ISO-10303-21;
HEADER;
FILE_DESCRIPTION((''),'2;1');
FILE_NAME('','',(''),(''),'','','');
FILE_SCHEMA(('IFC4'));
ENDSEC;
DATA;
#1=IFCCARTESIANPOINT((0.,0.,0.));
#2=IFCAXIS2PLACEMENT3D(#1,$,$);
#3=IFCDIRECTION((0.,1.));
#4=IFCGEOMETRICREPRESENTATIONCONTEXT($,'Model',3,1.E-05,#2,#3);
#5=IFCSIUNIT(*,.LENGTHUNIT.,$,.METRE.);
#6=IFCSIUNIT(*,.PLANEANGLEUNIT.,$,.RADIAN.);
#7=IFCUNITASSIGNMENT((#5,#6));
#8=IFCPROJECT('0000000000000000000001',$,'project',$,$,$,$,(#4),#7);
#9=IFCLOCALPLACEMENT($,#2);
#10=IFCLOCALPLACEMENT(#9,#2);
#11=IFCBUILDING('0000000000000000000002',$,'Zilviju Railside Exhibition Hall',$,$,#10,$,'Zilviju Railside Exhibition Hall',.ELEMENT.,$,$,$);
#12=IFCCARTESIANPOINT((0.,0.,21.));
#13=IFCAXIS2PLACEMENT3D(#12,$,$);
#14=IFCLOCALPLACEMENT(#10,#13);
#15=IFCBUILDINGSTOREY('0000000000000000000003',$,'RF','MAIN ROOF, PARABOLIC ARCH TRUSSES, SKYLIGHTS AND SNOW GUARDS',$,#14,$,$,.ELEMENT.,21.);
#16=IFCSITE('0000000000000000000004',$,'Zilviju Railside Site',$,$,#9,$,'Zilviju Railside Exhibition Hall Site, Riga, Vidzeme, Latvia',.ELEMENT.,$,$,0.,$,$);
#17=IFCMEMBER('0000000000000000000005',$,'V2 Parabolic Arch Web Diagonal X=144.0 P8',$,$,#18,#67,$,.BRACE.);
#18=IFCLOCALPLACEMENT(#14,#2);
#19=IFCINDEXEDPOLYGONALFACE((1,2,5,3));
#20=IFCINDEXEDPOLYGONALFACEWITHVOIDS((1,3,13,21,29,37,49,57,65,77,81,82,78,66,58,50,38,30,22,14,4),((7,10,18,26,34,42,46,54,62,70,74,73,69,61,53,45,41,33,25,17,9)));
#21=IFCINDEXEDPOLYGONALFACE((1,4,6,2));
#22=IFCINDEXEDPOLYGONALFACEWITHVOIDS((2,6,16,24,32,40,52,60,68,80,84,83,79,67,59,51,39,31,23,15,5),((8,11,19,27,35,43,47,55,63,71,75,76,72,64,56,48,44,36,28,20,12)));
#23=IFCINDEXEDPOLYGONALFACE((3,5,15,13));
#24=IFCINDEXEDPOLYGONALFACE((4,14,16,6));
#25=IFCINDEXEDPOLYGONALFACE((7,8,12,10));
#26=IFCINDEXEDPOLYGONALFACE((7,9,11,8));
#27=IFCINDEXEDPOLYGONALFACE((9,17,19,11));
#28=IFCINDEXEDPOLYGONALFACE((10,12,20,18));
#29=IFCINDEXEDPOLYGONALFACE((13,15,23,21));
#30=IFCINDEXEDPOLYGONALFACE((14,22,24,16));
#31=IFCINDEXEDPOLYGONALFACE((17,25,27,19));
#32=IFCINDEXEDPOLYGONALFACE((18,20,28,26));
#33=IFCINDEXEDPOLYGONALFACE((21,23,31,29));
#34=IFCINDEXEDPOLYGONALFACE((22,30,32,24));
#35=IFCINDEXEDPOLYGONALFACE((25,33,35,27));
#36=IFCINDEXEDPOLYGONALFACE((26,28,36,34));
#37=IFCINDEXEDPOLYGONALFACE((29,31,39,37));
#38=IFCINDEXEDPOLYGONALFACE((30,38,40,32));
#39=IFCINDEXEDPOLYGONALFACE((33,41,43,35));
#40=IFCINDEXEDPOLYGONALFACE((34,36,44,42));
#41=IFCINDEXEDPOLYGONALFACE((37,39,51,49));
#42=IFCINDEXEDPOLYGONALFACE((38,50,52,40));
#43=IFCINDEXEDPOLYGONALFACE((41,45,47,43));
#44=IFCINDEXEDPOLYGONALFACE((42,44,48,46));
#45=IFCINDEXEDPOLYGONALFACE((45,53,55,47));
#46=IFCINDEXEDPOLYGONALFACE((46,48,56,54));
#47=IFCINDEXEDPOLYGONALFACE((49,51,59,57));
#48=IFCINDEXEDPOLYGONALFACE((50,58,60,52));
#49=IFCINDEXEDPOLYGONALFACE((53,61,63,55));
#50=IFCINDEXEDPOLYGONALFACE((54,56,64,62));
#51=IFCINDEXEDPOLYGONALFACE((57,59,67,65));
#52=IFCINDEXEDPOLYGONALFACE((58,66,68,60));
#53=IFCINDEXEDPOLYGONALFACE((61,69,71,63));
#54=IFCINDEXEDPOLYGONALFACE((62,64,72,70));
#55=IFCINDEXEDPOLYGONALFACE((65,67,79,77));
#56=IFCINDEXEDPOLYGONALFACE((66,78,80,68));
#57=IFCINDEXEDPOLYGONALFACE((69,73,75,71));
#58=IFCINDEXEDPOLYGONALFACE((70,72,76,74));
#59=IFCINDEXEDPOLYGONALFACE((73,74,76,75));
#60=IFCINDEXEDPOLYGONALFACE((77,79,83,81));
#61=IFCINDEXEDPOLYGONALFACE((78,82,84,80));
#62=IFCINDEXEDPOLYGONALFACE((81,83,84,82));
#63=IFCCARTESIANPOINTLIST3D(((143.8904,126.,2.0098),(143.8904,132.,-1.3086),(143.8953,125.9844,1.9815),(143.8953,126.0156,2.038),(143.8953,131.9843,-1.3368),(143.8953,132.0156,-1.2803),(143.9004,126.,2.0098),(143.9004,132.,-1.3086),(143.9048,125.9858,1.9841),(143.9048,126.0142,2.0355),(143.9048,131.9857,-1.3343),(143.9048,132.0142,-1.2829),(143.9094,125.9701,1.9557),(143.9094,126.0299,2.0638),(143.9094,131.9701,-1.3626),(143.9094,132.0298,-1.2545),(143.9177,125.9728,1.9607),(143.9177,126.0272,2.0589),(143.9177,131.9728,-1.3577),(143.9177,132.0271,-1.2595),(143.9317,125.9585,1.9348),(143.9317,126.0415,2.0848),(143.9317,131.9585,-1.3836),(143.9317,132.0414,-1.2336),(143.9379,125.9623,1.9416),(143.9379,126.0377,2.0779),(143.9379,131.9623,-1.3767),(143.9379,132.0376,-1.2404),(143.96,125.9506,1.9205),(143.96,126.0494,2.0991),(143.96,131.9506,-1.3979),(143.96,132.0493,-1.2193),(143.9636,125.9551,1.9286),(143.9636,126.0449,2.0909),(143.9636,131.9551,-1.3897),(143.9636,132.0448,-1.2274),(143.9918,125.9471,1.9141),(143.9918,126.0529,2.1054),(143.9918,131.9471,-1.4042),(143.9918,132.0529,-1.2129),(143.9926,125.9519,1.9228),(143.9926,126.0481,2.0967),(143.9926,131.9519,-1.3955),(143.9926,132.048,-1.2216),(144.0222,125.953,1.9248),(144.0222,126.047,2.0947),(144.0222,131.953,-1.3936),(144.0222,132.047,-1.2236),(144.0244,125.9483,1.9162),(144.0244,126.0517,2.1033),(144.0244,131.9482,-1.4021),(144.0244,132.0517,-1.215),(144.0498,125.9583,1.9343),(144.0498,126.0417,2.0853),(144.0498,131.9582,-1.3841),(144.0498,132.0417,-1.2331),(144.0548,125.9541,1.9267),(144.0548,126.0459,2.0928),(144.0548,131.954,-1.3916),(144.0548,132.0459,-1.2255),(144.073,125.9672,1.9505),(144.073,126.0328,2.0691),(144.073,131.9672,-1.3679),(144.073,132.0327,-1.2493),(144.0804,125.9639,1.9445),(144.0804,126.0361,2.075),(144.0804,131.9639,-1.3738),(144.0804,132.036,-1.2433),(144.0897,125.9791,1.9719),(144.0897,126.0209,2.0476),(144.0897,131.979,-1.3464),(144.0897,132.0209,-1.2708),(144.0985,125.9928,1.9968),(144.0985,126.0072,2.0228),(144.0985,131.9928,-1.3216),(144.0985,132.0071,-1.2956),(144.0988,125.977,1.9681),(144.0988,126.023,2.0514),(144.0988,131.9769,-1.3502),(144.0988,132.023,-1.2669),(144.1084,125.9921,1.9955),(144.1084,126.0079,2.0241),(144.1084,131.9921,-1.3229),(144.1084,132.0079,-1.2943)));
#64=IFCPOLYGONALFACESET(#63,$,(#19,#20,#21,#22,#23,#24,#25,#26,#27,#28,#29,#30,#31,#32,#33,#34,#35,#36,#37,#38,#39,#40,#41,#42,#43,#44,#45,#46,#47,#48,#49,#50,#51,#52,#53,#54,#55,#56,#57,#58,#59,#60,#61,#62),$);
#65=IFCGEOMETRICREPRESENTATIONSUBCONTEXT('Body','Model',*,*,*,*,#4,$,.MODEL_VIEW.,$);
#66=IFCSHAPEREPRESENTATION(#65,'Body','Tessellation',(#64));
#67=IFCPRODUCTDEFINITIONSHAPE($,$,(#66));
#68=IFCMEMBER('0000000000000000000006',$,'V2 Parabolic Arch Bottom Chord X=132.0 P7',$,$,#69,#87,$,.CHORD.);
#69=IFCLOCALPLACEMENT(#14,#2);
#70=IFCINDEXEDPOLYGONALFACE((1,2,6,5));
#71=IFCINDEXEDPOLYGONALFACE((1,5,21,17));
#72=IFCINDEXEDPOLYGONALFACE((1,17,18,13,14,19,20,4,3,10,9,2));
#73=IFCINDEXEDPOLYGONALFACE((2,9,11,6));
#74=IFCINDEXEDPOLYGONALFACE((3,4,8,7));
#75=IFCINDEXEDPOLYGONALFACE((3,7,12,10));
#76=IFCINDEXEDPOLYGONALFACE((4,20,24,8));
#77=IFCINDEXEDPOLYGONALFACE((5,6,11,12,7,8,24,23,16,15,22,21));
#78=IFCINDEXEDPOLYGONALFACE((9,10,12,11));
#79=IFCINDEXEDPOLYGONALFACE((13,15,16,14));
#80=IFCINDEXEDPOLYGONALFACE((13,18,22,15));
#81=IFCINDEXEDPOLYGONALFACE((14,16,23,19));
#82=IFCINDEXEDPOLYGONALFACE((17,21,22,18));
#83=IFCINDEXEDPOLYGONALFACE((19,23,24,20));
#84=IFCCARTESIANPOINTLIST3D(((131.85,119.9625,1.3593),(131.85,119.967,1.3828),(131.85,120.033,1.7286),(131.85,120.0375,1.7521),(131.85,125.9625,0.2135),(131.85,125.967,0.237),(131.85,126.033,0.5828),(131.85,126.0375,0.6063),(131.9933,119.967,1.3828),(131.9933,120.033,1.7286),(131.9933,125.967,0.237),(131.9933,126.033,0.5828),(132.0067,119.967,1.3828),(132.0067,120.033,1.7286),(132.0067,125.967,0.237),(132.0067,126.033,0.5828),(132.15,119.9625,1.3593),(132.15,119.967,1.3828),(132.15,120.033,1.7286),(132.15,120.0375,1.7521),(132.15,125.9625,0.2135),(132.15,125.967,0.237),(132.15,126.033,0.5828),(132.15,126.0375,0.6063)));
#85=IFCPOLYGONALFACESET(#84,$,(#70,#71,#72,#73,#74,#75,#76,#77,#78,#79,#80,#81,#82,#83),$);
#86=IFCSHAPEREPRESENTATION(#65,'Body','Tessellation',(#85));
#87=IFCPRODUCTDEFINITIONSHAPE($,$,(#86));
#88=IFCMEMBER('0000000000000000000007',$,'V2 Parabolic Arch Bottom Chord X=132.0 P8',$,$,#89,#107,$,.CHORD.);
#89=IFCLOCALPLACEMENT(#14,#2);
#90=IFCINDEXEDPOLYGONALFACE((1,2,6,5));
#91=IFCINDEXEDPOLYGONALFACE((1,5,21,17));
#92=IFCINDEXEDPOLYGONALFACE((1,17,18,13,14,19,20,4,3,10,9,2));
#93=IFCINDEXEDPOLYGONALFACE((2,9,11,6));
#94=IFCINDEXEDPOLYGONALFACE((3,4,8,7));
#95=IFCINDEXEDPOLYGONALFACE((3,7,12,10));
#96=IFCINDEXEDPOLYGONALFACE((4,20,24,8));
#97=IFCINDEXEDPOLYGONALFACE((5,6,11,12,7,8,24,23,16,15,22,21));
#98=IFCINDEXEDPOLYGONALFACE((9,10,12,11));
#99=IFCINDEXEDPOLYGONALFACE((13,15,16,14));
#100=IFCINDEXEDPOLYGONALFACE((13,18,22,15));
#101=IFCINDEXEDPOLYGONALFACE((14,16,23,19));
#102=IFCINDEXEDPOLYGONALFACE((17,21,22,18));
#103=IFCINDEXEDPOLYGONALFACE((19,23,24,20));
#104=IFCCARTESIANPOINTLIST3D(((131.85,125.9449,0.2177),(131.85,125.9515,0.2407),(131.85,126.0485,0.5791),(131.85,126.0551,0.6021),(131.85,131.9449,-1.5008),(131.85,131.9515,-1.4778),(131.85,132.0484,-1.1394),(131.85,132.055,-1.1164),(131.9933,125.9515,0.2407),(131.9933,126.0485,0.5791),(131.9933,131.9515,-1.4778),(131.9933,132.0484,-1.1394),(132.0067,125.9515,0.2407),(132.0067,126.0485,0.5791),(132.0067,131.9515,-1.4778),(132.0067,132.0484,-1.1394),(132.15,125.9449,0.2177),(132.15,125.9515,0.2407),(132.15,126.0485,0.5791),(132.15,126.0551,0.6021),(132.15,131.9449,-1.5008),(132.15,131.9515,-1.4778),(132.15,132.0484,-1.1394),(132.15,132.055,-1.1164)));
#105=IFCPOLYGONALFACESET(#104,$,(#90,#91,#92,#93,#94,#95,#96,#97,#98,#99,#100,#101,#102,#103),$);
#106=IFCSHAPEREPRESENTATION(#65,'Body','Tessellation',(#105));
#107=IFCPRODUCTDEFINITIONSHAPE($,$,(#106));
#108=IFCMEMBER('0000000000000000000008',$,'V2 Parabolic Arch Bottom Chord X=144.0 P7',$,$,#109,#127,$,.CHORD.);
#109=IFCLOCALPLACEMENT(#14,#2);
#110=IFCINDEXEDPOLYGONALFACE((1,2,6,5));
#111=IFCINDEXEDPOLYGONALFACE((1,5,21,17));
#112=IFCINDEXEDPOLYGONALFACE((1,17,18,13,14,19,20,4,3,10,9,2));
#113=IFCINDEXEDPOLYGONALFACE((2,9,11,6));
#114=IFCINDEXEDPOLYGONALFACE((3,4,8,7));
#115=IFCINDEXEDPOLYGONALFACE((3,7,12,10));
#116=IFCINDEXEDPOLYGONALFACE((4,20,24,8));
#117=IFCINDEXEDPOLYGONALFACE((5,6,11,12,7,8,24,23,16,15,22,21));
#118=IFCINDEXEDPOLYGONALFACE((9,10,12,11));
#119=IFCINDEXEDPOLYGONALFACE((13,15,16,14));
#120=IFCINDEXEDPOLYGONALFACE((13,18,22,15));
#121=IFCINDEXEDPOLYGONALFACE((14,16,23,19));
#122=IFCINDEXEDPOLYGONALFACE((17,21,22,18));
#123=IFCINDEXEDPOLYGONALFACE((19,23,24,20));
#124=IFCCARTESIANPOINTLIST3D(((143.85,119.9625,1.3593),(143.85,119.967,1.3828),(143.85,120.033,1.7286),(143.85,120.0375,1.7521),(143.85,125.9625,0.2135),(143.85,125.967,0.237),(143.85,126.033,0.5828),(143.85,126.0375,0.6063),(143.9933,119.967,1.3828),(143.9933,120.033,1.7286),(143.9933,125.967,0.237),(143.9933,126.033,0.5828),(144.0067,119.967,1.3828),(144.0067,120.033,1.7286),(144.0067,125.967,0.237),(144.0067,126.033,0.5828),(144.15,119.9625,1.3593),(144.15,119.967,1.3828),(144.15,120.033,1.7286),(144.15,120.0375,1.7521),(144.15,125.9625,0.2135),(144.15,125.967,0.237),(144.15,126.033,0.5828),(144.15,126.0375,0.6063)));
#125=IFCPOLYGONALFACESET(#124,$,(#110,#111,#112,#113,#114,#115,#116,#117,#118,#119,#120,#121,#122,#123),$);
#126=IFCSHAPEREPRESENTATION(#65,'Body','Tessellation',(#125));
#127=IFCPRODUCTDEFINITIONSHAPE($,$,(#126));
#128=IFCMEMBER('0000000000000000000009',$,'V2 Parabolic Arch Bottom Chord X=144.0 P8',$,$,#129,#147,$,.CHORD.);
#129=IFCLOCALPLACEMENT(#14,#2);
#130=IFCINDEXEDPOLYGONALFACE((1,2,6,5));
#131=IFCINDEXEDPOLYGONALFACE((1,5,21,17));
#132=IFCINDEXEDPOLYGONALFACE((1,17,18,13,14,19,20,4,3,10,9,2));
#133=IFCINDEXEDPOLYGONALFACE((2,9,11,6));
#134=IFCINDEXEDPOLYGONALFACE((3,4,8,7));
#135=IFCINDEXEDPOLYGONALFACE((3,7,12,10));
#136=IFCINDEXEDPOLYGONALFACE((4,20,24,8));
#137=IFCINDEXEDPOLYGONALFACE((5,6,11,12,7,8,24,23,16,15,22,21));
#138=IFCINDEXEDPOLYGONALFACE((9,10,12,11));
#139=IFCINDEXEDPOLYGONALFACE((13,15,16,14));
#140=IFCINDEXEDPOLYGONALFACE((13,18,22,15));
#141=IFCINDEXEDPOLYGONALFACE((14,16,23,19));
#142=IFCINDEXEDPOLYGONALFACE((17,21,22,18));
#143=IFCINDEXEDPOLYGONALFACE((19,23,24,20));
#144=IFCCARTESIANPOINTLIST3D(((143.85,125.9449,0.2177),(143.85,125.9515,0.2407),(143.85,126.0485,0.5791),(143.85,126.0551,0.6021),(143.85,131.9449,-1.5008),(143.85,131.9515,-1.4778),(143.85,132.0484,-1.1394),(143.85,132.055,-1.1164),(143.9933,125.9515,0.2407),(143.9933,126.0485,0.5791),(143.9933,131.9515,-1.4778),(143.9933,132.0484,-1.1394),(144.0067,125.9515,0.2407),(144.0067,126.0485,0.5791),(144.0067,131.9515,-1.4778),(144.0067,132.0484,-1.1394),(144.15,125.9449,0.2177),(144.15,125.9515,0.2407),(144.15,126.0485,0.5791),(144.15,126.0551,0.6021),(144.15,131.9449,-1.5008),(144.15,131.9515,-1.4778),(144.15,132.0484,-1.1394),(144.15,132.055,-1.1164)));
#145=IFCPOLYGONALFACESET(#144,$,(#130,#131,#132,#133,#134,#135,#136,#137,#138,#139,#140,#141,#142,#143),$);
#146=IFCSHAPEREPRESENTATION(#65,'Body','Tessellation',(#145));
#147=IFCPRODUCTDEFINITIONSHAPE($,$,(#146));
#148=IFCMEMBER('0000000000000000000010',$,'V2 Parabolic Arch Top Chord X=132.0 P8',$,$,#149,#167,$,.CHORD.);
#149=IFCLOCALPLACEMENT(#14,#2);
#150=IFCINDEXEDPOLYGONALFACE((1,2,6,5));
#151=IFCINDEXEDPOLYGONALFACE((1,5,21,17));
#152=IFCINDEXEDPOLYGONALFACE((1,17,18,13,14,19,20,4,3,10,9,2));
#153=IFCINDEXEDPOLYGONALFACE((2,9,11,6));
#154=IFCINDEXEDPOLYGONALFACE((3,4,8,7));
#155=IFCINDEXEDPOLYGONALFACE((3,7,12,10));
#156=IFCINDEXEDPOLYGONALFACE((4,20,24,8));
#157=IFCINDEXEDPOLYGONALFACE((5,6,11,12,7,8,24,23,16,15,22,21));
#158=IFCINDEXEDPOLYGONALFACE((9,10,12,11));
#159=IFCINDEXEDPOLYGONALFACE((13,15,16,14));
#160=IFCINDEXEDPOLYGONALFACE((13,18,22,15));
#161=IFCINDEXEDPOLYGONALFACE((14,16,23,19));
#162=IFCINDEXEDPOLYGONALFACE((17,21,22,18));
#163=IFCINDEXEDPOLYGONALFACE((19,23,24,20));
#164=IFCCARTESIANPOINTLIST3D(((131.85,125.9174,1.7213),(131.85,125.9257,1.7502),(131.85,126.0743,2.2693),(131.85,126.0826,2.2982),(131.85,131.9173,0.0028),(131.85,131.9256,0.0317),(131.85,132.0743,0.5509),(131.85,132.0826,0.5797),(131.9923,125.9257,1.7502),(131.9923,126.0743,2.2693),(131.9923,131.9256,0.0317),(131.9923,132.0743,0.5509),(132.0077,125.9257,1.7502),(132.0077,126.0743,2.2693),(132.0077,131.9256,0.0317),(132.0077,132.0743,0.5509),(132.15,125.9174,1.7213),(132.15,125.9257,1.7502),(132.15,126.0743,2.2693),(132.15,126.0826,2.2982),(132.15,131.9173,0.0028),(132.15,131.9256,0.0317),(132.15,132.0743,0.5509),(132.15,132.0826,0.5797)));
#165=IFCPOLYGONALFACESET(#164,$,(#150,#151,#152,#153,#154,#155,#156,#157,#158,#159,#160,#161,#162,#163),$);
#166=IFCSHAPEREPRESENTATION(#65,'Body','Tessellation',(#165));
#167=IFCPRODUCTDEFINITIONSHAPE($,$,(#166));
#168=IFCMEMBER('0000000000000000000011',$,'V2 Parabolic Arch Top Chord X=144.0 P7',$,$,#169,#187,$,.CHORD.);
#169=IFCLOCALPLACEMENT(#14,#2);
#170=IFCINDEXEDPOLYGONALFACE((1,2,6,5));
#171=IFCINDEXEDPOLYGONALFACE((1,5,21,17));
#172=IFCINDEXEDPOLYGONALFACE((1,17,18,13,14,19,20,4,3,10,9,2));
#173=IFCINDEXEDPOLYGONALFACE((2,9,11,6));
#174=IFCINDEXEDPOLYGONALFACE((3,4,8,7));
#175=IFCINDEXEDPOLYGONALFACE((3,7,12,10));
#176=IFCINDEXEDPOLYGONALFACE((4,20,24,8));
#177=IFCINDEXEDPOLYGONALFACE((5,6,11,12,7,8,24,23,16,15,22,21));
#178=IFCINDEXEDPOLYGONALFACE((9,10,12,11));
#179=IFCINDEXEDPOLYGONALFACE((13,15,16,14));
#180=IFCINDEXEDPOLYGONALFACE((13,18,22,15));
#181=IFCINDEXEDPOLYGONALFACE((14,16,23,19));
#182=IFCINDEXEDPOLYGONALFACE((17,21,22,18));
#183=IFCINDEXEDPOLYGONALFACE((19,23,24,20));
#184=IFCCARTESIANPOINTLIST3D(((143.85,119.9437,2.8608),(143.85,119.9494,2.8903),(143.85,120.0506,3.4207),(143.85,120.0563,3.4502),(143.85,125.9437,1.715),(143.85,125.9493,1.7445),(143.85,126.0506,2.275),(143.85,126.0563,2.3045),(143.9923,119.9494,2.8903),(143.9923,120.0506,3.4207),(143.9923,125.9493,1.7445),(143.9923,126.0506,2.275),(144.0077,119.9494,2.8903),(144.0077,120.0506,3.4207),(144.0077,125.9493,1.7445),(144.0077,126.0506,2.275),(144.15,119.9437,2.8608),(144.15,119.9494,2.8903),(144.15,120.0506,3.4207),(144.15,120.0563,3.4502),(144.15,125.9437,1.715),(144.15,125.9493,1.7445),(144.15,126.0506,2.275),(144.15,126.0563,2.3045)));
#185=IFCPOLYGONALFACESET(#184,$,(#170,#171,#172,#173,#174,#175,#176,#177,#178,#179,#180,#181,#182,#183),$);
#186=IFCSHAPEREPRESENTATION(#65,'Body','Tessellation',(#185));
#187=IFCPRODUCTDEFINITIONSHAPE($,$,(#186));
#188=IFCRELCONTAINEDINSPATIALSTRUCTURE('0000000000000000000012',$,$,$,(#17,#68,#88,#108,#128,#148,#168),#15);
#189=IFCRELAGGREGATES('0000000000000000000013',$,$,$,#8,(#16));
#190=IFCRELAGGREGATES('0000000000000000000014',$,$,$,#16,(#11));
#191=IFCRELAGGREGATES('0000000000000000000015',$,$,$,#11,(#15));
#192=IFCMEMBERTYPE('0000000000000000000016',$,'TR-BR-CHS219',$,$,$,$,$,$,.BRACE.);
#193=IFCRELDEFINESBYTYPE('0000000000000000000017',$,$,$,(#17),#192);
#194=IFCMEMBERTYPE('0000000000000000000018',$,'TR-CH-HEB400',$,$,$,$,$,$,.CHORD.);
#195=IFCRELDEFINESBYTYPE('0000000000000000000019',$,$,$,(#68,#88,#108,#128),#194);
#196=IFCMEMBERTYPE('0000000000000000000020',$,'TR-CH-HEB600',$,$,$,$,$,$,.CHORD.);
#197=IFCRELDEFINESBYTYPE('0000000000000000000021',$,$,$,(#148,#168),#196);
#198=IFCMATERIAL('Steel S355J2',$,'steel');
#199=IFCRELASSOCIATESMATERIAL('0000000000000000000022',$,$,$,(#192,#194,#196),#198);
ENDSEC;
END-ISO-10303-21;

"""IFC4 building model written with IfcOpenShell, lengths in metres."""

from ifc_helpers import new_model, si_unit, direction, frame, origin, origin_2d, place, context, subcontext, project, spatial, hollow_circle, i_section, extrude, material, material_profile, profile_set, type_object, element, save


model = new_model("IFC4")

# Units and contexts
model_context = context("Model", 3, precision=1e-05, world=origin(), true_north=direction((0.0, 1.0)))
body_context = subcontext(model_context, "Body", "Model", "MODEL_VIEW")
ifc_project = project(units=[si_unit("LENGTHUNIT", "METRE"), si_unit("PLANEANGLEUNIT", "RADIAN")], contexts=[model_context])

# Site, building, storey
site_placement = place(None, origin())
site = spatial("IfcSite", under=ifc_project, at=site_placement, Name="Zilviju Railside Site", LongName="Zilviju Railside Exhibition Hall Site, Riga, Vidzeme, Latvia", CompositionType="ELEMENT", RefElevation=0.0)
building_placement = place(site_placement, origin())
building = spatial("IfcBuilding", under=site, at=building_placement, Name="Zilviju Railside Exhibition Hall", LongName="Zilviju Railside Exhibition Hall", CompositionType="ELEMENT")
storey_placement = place(building_placement, frame((0.0, 0.0, 21.0)))
storey = spatial("IfcBuildingStorey", under=building, at=storey_placement, Name="RF", Description="MAIN ROOF, PARABOLIC ARCH TRUSSES, SKYLIGHTS AND SNOW GUARDS", CompositionType="ELEMENT", Elevation=21.0)

# Members
ifc_material_1 = material(Name="Steel S355J2", Category="steel")
ifc_material_profile_1 = material_profile(ifc_material_1, hollow_circle(Radius=0.1096, WallThickness=0.01, at=origin_2d()), Name="CHS 219.1x10.0")
ifc_profile_set_1 = profile_set([ifc_material_profile_1], Name="Steel S355J2")
member_type_1 = type_object("IfcMemberType", Name="TR-BR-CHS219", PredefinedType="BRACE", material=ifc_profile_set_1)
member_1_placement = place(storey_placement, frame((144.0, 126.0, 2.0098), z_axis=(0.0, 0.875083, -0.483973), x_axis=(-1.0, 0.0, 0.0)))
element("IfcMember", 1, at=member_1_placement, inside=storey, type_object=member_type_1, Name="V2 Parabolic Arch Web Diagonal X=144.0 P8", PredefinedType="BRACE", context=body_context, shape_type="SweptSolid", body=[
    extrude(hollow_circle(Radius=0.1096, WallThickness=0.01, at=origin_2d()), origin(), (0.0, 0.0, 1.0), 6.8564),
])
ifc_material_profile_2 = material_profile(ifc_material_1, i_section(OverallWidth=0.3, OverallDepth=0.3999, WebThickness=0.0134, FlangeThickness=0.0239, at=origin_2d()), Name="HEB 400")
ifc_profile_set_2 = profile_set([ifc_material_profile_2], Name="Steel S355J2")
member_type_2 = type_object("IfcMemberType", Name="TR-CH-HEB400", PredefinedType="CHORD", material=ifc_profile_set_2)
member_2_placement = place(storey_placement, frame((132.0, 120.0, 1.5557), z_axis=(0.0, 0.982251, -0.187569), x_axis=(-1.0, 0.0, 0.0)))
element("IfcMember", 2, at=member_2_placement, inside=storey, type_object=member_type_2, Name="V2 Parabolic Arch Bottom Chord X=132.0 P7", PredefinedType="CHORD", context=body_context, shape_type="SweptSolid", body=[
    extrude(i_section(OverallWidth=0.3, OverallDepth=0.3999, WebThickness=0.0134, FlangeThickness=0.0239, at=origin_2d()), origin(), (0.0, 0.0, 1.0), 6.1084),
])
member_3_placement = place(storey_placement, frame((132.0, 126.0, 0.4099), z_axis=(0.0, 0.961345, -0.275346), x_axis=(-1.0, 0.0, 0.0)))
element("IfcMember", 3, at=member_3_placement, inside=storey, type_object=member_type_2, Name="V2 Parabolic Arch Bottom Chord X=132.0 P8", PredefinedType="CHORD", context=body_context, shape_type="SweptSolid", body=[
    extrude(i_section(OverallWidth=0.3, OverallDepth=0.3999, WebThickness=0.0134, FlangeThickness=0.0239, at=origin_2d()), origin(), (0.0, 0.0, 1.0), 6.2412),
])
member_4_placement = place(storey_placement, frame((144.0, 120.0, 1.5557), z_axis=(0.0, 0.982251, -0.187569), x_axis=(-1.0, 0.0, 0.0)))
element("IfcMember", 4, at=member_4_placement, inside=storey, type_object=member_type_2, Name="V2 Parabolic Arch Bottom Chord X=144.0 P7", PredefinedType="CHORD", context=body_context, shape_type="SweptSolid", body=[
    extrude(i_section(OverallWidth=0.3, OverallDepth=0.3999, WebThickness=0.0134, FlangeThickness=0.0239, at=origin_2d()), origin(), (0.0, 0.0, 1.0), 6.1084),
])
member_5_placement = place(storey_placement, frame((144.0, 126.0, 0.4099), z_axis=(0.0, 0.961345, -0.275346), x_axis=(-1.0, 0.0, 0.0)))
element("IfcMember", 5, at=member_5_placement, inside=storey, type_object=member_type_2, Name="V2 Parabolic Arch Bottom Chord X=144.0 P8", PredefinedType="CHORD", context=body_context, shape_type="SweptSolid", body=[
    extrude(i_section(OverallWidth=0.3, OverallDepth=0.3999, WebThickness=0.0134, FlangeThickness=0.0239, at=origin_2d()), origin(), (0.0, 0.0, 1.0), 6.2412),
])
ifc_material_profile_3 = material_profile(ifc_material_1, i_section(OverallWidth=0.3, OverallDepth=0.6001, WebThickness=0.0154, FlangeThickness=0.03, at=origin_2d()), Name="HEB 600")
ifc_profile_set_3 = profile_set([ifc_material_profile_3], Name="Steel S355J2")
member_type_3 = type_object("IfcMemberType", Name="TR-CH-HEB600", PredefinedType="CHORD", material=ifc_profile_set_3)
member_6_placement = place(storey_placement, frame((132.0, 126.0, 2.0098), z_axis=(0.0, 0.961345, -0.275346), x_axis=(-1.0, 0.0, 0.0)))
element("IfcMember", 6, at=member_6_placement, inside=storey, type_object=member_type_3, Name="V2 Parabolic Arch Top Chord X=132.0 P8", PredefinedType="CHORD", context=body_context, shape_type="SweptSolid", body=[
    extrude(i_section(OverallWidth=0.3, OverallDepth=0.6001, WebThickness=0.0154, FlangeThickness=0.03, at=origin_2d()), origin(), (0.0, 0.0, 1.0), 6.2412),
])
member_7_placement = place(storey_placement, frame((144.0, 120.0, 3.1555), z_axis=(0.0, 0.982251, -0.187569), x_axis=(-1.0, 0.0, 0.0)))
element("IfcMember", 7, at=member_7_placement, inside=storey, type_object=member_type_3, Name="V2 Parabolic Arch Top Chord X=144.0 P7", PredefinedType="CHORD", context=body_context, shape_type="SweptSolid", body=[
    extrude(i_section(OverallWidth=0.3, OverallDepth=0.6001, WebThickness=0.0154, FlangeThickness=0.03, at=origin_2d()), origin(), (0.0, 0.0, 1.0), 6.1084),
])

save(model, "model.ifc")
